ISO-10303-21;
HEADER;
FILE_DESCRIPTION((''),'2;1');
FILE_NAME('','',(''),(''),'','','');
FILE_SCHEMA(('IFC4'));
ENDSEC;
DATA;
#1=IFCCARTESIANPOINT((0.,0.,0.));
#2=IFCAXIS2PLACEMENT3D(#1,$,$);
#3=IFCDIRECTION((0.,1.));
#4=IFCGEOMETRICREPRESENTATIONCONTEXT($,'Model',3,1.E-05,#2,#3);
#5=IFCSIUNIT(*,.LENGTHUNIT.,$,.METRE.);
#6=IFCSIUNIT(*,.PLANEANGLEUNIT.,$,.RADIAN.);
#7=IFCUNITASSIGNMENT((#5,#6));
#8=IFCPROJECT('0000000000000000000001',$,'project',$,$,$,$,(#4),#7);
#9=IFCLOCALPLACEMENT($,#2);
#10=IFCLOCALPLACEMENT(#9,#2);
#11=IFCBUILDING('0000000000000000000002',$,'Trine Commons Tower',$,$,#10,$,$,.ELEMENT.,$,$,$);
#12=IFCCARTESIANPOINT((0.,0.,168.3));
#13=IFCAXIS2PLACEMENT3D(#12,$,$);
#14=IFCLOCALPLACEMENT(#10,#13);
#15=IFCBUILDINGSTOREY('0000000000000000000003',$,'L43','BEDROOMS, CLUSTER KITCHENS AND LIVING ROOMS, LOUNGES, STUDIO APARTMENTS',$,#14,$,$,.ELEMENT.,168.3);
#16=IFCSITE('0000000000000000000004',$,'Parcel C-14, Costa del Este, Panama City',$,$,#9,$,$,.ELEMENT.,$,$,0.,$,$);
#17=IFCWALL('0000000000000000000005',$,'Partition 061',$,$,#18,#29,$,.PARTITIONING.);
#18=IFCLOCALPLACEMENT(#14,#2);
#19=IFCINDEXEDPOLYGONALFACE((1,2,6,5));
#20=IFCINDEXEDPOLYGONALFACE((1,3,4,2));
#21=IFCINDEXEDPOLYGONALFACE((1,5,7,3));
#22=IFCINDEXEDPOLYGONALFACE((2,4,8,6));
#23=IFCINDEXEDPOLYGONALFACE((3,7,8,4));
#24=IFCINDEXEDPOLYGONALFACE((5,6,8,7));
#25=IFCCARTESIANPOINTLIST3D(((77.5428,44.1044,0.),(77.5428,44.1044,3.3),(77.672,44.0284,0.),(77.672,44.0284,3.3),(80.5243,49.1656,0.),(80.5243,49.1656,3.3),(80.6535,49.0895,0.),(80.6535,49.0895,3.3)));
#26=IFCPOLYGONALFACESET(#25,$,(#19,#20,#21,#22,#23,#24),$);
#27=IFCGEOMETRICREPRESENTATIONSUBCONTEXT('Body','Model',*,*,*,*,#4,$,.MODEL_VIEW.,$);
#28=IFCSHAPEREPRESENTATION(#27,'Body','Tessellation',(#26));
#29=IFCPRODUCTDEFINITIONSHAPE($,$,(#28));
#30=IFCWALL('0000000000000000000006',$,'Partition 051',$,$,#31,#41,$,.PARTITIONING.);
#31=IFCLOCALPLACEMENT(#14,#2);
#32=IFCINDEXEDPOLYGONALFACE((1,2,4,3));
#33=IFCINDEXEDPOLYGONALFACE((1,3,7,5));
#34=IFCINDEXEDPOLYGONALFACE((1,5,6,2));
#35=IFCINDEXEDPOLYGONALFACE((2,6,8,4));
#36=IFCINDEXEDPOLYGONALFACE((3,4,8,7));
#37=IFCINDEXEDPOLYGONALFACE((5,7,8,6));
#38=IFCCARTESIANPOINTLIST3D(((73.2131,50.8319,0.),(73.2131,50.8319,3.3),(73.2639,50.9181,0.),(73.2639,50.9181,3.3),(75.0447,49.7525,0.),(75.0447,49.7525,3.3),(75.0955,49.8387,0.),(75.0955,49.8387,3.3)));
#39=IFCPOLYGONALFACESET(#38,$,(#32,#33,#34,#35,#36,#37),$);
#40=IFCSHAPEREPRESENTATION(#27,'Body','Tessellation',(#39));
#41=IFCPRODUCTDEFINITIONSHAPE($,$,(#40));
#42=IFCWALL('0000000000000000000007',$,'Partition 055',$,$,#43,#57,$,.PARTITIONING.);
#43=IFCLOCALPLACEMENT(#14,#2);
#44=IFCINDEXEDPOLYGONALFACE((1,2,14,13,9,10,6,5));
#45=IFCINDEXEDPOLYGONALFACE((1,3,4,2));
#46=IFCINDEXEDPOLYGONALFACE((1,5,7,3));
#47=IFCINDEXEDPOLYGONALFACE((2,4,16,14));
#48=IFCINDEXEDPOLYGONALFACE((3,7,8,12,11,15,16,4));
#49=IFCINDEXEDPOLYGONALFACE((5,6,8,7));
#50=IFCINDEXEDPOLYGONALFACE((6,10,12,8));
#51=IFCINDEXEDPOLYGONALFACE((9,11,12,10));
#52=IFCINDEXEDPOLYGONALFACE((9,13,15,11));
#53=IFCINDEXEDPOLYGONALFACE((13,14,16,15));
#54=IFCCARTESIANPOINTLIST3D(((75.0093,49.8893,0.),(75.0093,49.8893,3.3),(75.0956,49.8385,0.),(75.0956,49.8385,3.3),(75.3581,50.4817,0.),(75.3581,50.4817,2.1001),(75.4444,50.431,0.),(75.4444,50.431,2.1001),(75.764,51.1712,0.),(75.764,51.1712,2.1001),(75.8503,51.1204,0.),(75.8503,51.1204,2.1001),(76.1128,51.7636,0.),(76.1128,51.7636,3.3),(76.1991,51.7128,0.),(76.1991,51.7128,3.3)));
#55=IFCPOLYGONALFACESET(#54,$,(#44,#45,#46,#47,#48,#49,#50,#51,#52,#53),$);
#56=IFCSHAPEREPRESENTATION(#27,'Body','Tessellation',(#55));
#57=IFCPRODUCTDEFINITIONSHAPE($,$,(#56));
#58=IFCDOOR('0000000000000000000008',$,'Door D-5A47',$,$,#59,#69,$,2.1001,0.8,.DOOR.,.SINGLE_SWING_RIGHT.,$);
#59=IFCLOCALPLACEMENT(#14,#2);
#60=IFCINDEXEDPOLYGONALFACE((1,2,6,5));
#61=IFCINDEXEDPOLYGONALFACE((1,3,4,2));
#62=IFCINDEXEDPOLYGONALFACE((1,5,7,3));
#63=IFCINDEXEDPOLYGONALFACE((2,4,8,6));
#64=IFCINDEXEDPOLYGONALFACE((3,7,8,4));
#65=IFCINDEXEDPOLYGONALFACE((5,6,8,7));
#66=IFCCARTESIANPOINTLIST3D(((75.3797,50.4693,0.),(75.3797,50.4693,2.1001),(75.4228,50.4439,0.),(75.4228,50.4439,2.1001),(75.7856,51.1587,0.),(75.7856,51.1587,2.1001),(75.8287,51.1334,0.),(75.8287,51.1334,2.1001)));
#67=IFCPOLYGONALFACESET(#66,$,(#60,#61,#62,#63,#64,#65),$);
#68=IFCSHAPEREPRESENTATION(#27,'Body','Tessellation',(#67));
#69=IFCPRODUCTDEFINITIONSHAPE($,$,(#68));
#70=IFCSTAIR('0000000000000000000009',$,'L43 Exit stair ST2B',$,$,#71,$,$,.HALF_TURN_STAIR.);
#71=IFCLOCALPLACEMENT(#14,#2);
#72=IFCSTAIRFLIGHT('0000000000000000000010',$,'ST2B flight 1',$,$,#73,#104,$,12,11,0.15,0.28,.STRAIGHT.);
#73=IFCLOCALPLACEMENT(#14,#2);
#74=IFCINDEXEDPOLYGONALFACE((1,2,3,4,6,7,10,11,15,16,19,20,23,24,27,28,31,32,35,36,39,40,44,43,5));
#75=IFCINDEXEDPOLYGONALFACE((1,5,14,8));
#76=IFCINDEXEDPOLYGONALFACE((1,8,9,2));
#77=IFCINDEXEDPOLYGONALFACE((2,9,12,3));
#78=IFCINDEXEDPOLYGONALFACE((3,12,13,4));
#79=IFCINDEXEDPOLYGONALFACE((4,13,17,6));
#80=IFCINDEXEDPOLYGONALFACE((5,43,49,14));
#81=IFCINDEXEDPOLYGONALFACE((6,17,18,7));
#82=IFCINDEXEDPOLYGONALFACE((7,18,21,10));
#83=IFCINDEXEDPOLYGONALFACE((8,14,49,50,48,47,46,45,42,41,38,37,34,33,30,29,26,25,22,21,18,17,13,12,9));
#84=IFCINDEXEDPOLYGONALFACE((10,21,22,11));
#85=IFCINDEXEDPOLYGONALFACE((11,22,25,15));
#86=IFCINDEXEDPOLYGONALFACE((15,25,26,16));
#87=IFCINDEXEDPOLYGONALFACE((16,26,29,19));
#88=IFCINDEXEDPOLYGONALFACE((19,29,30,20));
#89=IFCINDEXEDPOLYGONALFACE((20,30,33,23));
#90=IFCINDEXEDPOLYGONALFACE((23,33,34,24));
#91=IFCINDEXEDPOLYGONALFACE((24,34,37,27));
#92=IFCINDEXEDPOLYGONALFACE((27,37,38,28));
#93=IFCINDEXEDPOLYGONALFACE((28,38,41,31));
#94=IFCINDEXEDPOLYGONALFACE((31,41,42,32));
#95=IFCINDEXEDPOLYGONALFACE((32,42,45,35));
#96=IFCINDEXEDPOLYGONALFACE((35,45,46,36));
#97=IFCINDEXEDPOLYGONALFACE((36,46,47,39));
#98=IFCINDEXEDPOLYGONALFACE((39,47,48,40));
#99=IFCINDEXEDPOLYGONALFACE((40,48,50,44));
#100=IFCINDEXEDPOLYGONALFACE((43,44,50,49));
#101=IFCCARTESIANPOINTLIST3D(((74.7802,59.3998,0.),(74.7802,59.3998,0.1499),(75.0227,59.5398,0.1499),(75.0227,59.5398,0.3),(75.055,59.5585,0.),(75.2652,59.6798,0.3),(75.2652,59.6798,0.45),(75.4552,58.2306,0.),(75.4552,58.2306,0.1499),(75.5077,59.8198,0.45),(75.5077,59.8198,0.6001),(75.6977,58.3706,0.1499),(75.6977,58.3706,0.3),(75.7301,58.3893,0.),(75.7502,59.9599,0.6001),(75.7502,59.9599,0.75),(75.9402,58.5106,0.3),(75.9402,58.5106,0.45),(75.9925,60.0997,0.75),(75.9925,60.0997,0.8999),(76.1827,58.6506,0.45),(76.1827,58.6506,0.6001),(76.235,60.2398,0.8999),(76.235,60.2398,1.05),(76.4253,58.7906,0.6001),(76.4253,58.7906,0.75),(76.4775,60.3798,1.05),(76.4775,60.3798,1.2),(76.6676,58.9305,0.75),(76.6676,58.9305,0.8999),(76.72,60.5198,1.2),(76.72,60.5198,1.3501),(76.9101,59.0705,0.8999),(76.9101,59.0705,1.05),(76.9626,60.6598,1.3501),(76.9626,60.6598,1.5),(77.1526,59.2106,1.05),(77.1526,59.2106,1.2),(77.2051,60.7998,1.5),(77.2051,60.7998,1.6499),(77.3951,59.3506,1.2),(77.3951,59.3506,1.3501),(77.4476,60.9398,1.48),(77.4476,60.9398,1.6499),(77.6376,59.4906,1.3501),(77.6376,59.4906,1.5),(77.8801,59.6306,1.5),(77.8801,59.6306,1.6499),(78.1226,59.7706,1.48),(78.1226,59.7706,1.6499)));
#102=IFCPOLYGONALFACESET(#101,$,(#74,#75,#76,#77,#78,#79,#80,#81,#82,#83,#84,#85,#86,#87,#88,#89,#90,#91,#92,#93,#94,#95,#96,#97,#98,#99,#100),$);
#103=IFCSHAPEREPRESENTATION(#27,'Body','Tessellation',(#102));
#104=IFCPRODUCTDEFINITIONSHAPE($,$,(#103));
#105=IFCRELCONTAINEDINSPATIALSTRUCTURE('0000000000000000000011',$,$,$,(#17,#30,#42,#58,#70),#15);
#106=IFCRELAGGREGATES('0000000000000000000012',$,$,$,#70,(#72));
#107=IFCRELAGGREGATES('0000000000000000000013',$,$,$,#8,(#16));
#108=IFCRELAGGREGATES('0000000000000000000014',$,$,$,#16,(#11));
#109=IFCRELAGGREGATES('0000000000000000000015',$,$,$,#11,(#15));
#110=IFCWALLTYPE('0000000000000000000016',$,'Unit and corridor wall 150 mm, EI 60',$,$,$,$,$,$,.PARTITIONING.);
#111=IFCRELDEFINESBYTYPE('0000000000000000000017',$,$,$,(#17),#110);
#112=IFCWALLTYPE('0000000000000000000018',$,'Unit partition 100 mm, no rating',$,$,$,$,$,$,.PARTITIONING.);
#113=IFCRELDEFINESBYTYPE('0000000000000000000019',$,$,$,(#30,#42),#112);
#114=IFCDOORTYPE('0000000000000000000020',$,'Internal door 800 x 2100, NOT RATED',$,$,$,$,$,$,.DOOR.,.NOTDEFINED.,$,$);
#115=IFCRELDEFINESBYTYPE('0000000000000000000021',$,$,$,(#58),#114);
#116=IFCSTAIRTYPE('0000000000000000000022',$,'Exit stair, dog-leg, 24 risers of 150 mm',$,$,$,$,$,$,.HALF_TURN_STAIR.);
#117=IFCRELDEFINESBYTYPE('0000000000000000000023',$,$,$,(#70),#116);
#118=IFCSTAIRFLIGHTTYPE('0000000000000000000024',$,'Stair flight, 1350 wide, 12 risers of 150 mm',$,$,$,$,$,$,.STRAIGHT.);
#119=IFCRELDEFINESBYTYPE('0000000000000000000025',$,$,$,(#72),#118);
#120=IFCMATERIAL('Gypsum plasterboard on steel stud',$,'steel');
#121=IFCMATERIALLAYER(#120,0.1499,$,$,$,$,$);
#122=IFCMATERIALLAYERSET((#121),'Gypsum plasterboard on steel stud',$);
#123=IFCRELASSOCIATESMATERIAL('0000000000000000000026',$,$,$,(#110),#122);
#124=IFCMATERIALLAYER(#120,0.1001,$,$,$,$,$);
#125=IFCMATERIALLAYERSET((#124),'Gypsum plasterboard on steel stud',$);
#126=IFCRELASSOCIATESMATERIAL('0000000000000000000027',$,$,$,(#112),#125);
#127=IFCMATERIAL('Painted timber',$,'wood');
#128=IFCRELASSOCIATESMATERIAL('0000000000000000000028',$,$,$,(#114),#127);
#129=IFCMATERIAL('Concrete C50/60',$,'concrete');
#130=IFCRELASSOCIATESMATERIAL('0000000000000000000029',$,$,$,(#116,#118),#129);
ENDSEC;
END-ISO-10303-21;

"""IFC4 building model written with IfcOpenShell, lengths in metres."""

from ifc_helpers import new_model, si_unit, direction, frame, frame_2d, origin, place, context, subcontext, project, spatial, polyline, rectangle, outline, extrude, material, layer, layer_set, type_object, element, fill, aggregate, save


model = new_model("IFC4")

# Units and contexts
model_context = context("Model", 3, precision=1e-05, world=origin(), true_north=direction((0.0, 1.0)))
body_context = subcontext(model_context, "Body", "Model", "MODEL_VIEW")
ifc_project = project(units=[si_unit("LENGTHUNIT", "METRE"), si_unit("PLANEANGLEUNIT", "RADIAN")], contexts=[model_context])

# Site, building, storey
site_placement = place(None, origin())
site = spatial("IfcSite", under=ifc_project, at=site_placement, Name="Parcel C-14, Costa del Este, Panama City", CompositionType="ELEMENT", RefElevation=0.0)
building_placement = place(site_placement, origin())
building = spatial("IfcBuilding", under=site, at=building_placement, Name="Trine Commons Tower", CompositionType="ELEMENT")
storey_placement = place(building_placement, frame((0.0, 0.0, 168.3)))
storey = spatial("IfcBuildingStorey", under=building, at=storey_placement, Name="L43", Description="BEDROOMS, CLUSTER KITCHENS AND LIVING ROOMS, LOUNGES, STUDIO APARTMENTS", CompositionType="ELEMENT", Elevation=168.3)

# Shared definitions
ifc_material_1 = material(Name="Gypsum plasterboard on steel stud", Category="steel")
ifc_layer_1 = layer(ifc_material_1, 0.1499)
ifc_layer_set_1 = layer_set([ifc_layer_1], Name="Gypsum plasterboard on steel stud")
wall_type_1 = type_object("IfcWallType", Name="Unit and corridor wall 150 mm, EI 60", PredefinedType="PARTITIONING", material=ifc_layer_set_1)

# Walls
wall_1_placement = place(storey_placement, frame((77.6074, 44.0664, 0.0), z_axis=(0.0, 0.0, 1.0), x_axis=(0.507572, 0.861609, 0.0)))
element("IfcWall", 1, at=wall_1_placement, inside=storey, type_object=wall_type_1, Name="Partition 061", PredefinedType="PARTITIONING", context=body_context, shape_type="SweptSolid", body=[
    extrude(rectangle(XDim=5.874, YDim=0.1499, at=frame_2d((2.937, 0.0))), origin(), (0.0, 0.0, 1.0), 3.3),
])
ifc_layer_2 = layer(ifc_material_1, 0.1001)
ifc_layer_set_2 = layer_set([ifc_layer_2], Name="Gypsum plasterboard on steel stud")
wall_type_2 = type_object("IfcWallType", Name="Unit partition 100 mm, no rating", PredefinedType="PARTITIONING", material=ifc_layer_set_2)
wall_2_placement = place(storey_placement, frame((73.2385, 50.875, 0.0), z_axis=(0.0, 0.0, 1.0), x_axis=(0.861529, -0.507708, 0.0)))
element("IfcWall", 2, at=wall_2_placement, inside=storey, type_object=wall_type_2, Name="Partition 051", PredefinedType="PARTITIONING", context=body_context, shape_type="SweptSolid", body=[
    extrude(rectangle(XDim=2.126, YDim=0.1001, at=frame_2d((1.063, 0.0))), origin(), (0.0, 0.0, 1.0), 3.3),
])

# Wall, opening, door
wall_3_placement = place(storey_placement, frame((75.0525, 49.864, 0.0), z_axis=(0.0, 0.0, 1.0), x_axis=(0.507363, 0.861732, 0.0)))
wall_3 = element("IfcWall", 3, at=wall_3_placement, inside=storey, type_object=wall_type_2, Name="Partition 055", PredefinedType="PARTITIONING", context=body_context, shape_type="SweptSolid", body=[
    extrude(rectangle(XDim=2.175, YDim=0.1001, at=frame_2d((1.0874, 0.0))), origin(), (0.0, 0.0, 1.0), 3.3),
])
opening_1_placement = place(wall_3_placement, frame((0.6875, 0.0, 0.0)))
opening_1 = element("IfcOpeningElement", 4, at=opening_1_placement, cuts=wall_3, PredefinedType="OPENING", context=body_context, shape_type="SweptSolid", body=[
    extrude(rectangle(XDim=0.8, YDim=2.1001, at=frame_2d((0.3999, 1.05))), frame((0.0, 0.0601, 0.0), z_axis=(0.0, -1.0, 0.0), x_axis=(1.0, 0.0, 0.0)), (0.0, 0.0, 1.0), 0.1201),
])
ifc_material_2 = material(Name="Painted timber", Category="wood")
door_type_1 = type_object("IfcDoorType", Name="Internal door 800 x 2100, NOT RATED", OperationType="NOTDEFINED", PredefinedType="DOOR", material=ifc_material_2)
door_1_placement = place(opening_1_placement, frame((0.8, 0.0, 0.0), z_axis=(0.0, 0.0, 1.0), x_axis=(-1.0, 0.0, 0.0)))
door_1 = element("IfcDoor", 5, at=door_1_placement, inside=storey, type_object=door_type_1, Name="Door D-5A47", OperationType="SINGLE_SWING_RIGHT", OverallHeight=2.1001, OverallWidth=0.8, PredefinedType="DOOR", context=body_context, shape_type="SweptSolid", body=[
    extrude(rectangle(XDim=0.8, YDim=2.1001, at=frame_2d((0.3999, 1.05))), frame((0.0, 0.0249, 0.0), z_axis=(0.0, -1.0, 0.0), x_axis=(1.0, 0.0, 0.0)), (0.0, 0.0, 1.0), 0.05),
])
fill(opening_1, door_1)

# Stair, stair flight
ifc_material_3 = material(Name="Concrete C50/60", Category="concrete")
stair_type = type_object("IfcStairType", Name="Exit stair, dog-leg, 24 risers of 150 mm", PredefinedType="HALF_TURN_STAIR", material=ifc_material_3)
stair_placement = place(storey_placement, origin())
stair = element("IfcStair", 6, at=stair_placement, inside=storey, type_object=stair_type, Name="L43 Exit stair ST2B", PredefinedType="HALF_TURN_STAIR")
stair_flight_type = type_object("IfcStairFlightType", Name="Stair flight, 1350 wide, 12 risers of 150 mm", PredefinedType="STRAIGHT", material=ifc_material_3)
stair_flight_placement = place(storey_placement, frame((75.1177, 58.8152, 0.0), z_axis=(0.0, 0.0, 1.0), x_axis=(0.866025, 0.5, 0.0)))
stair_flight = element("IfcStairFlight", 7, at=stair_flight_placement, type_object=stair_flight_type, Name="ST2B flight 1", NumberOfRisers=12, NumberOfTreads=11, PredefinedType="STRAIGHT", RiserHeight=0.15, TreadLength=0.28, context=body_context, shape_type="SweptSolid", body=[
    extrude(outline(polyline([(0.0, 0.0), (0.0, 0.1499), (0.28, 0.1499), (0.28, 0.3), (0.5601, 0.3), (0.5601, 0.45), (0.8401, 0.45), (0.8401, 0.6001), (1.1201, 0.6001), (1.1201, 0.75), (1.3999, 0.75), (1.3999, 0.8999), (1.6799, 0.8999), (1.6799, 1.05), (1.96, 1.05), (1.96, 1.2), (2.24, 1.2), (2.24, 1.3501), (2.52, 1.3501), (2.52, 1.5), (2.8, 1.5), (2.8, 1.6499), (3.0801, 1.6499), (3.0801, 1.8), (3.0801, 1.48), (0.3174, 0.0), (0.0, 0.0)])), frame((0.0, 0.675, 0.0), z_axis=(0.0, -1.0, 0.0), x_axis=(1.0, 0.0, 0.0)), (0.0, 0.0, 1.0), 1.3501),
])
aggregate(stair, [stair_flight])

save(model, "model.ifc")
